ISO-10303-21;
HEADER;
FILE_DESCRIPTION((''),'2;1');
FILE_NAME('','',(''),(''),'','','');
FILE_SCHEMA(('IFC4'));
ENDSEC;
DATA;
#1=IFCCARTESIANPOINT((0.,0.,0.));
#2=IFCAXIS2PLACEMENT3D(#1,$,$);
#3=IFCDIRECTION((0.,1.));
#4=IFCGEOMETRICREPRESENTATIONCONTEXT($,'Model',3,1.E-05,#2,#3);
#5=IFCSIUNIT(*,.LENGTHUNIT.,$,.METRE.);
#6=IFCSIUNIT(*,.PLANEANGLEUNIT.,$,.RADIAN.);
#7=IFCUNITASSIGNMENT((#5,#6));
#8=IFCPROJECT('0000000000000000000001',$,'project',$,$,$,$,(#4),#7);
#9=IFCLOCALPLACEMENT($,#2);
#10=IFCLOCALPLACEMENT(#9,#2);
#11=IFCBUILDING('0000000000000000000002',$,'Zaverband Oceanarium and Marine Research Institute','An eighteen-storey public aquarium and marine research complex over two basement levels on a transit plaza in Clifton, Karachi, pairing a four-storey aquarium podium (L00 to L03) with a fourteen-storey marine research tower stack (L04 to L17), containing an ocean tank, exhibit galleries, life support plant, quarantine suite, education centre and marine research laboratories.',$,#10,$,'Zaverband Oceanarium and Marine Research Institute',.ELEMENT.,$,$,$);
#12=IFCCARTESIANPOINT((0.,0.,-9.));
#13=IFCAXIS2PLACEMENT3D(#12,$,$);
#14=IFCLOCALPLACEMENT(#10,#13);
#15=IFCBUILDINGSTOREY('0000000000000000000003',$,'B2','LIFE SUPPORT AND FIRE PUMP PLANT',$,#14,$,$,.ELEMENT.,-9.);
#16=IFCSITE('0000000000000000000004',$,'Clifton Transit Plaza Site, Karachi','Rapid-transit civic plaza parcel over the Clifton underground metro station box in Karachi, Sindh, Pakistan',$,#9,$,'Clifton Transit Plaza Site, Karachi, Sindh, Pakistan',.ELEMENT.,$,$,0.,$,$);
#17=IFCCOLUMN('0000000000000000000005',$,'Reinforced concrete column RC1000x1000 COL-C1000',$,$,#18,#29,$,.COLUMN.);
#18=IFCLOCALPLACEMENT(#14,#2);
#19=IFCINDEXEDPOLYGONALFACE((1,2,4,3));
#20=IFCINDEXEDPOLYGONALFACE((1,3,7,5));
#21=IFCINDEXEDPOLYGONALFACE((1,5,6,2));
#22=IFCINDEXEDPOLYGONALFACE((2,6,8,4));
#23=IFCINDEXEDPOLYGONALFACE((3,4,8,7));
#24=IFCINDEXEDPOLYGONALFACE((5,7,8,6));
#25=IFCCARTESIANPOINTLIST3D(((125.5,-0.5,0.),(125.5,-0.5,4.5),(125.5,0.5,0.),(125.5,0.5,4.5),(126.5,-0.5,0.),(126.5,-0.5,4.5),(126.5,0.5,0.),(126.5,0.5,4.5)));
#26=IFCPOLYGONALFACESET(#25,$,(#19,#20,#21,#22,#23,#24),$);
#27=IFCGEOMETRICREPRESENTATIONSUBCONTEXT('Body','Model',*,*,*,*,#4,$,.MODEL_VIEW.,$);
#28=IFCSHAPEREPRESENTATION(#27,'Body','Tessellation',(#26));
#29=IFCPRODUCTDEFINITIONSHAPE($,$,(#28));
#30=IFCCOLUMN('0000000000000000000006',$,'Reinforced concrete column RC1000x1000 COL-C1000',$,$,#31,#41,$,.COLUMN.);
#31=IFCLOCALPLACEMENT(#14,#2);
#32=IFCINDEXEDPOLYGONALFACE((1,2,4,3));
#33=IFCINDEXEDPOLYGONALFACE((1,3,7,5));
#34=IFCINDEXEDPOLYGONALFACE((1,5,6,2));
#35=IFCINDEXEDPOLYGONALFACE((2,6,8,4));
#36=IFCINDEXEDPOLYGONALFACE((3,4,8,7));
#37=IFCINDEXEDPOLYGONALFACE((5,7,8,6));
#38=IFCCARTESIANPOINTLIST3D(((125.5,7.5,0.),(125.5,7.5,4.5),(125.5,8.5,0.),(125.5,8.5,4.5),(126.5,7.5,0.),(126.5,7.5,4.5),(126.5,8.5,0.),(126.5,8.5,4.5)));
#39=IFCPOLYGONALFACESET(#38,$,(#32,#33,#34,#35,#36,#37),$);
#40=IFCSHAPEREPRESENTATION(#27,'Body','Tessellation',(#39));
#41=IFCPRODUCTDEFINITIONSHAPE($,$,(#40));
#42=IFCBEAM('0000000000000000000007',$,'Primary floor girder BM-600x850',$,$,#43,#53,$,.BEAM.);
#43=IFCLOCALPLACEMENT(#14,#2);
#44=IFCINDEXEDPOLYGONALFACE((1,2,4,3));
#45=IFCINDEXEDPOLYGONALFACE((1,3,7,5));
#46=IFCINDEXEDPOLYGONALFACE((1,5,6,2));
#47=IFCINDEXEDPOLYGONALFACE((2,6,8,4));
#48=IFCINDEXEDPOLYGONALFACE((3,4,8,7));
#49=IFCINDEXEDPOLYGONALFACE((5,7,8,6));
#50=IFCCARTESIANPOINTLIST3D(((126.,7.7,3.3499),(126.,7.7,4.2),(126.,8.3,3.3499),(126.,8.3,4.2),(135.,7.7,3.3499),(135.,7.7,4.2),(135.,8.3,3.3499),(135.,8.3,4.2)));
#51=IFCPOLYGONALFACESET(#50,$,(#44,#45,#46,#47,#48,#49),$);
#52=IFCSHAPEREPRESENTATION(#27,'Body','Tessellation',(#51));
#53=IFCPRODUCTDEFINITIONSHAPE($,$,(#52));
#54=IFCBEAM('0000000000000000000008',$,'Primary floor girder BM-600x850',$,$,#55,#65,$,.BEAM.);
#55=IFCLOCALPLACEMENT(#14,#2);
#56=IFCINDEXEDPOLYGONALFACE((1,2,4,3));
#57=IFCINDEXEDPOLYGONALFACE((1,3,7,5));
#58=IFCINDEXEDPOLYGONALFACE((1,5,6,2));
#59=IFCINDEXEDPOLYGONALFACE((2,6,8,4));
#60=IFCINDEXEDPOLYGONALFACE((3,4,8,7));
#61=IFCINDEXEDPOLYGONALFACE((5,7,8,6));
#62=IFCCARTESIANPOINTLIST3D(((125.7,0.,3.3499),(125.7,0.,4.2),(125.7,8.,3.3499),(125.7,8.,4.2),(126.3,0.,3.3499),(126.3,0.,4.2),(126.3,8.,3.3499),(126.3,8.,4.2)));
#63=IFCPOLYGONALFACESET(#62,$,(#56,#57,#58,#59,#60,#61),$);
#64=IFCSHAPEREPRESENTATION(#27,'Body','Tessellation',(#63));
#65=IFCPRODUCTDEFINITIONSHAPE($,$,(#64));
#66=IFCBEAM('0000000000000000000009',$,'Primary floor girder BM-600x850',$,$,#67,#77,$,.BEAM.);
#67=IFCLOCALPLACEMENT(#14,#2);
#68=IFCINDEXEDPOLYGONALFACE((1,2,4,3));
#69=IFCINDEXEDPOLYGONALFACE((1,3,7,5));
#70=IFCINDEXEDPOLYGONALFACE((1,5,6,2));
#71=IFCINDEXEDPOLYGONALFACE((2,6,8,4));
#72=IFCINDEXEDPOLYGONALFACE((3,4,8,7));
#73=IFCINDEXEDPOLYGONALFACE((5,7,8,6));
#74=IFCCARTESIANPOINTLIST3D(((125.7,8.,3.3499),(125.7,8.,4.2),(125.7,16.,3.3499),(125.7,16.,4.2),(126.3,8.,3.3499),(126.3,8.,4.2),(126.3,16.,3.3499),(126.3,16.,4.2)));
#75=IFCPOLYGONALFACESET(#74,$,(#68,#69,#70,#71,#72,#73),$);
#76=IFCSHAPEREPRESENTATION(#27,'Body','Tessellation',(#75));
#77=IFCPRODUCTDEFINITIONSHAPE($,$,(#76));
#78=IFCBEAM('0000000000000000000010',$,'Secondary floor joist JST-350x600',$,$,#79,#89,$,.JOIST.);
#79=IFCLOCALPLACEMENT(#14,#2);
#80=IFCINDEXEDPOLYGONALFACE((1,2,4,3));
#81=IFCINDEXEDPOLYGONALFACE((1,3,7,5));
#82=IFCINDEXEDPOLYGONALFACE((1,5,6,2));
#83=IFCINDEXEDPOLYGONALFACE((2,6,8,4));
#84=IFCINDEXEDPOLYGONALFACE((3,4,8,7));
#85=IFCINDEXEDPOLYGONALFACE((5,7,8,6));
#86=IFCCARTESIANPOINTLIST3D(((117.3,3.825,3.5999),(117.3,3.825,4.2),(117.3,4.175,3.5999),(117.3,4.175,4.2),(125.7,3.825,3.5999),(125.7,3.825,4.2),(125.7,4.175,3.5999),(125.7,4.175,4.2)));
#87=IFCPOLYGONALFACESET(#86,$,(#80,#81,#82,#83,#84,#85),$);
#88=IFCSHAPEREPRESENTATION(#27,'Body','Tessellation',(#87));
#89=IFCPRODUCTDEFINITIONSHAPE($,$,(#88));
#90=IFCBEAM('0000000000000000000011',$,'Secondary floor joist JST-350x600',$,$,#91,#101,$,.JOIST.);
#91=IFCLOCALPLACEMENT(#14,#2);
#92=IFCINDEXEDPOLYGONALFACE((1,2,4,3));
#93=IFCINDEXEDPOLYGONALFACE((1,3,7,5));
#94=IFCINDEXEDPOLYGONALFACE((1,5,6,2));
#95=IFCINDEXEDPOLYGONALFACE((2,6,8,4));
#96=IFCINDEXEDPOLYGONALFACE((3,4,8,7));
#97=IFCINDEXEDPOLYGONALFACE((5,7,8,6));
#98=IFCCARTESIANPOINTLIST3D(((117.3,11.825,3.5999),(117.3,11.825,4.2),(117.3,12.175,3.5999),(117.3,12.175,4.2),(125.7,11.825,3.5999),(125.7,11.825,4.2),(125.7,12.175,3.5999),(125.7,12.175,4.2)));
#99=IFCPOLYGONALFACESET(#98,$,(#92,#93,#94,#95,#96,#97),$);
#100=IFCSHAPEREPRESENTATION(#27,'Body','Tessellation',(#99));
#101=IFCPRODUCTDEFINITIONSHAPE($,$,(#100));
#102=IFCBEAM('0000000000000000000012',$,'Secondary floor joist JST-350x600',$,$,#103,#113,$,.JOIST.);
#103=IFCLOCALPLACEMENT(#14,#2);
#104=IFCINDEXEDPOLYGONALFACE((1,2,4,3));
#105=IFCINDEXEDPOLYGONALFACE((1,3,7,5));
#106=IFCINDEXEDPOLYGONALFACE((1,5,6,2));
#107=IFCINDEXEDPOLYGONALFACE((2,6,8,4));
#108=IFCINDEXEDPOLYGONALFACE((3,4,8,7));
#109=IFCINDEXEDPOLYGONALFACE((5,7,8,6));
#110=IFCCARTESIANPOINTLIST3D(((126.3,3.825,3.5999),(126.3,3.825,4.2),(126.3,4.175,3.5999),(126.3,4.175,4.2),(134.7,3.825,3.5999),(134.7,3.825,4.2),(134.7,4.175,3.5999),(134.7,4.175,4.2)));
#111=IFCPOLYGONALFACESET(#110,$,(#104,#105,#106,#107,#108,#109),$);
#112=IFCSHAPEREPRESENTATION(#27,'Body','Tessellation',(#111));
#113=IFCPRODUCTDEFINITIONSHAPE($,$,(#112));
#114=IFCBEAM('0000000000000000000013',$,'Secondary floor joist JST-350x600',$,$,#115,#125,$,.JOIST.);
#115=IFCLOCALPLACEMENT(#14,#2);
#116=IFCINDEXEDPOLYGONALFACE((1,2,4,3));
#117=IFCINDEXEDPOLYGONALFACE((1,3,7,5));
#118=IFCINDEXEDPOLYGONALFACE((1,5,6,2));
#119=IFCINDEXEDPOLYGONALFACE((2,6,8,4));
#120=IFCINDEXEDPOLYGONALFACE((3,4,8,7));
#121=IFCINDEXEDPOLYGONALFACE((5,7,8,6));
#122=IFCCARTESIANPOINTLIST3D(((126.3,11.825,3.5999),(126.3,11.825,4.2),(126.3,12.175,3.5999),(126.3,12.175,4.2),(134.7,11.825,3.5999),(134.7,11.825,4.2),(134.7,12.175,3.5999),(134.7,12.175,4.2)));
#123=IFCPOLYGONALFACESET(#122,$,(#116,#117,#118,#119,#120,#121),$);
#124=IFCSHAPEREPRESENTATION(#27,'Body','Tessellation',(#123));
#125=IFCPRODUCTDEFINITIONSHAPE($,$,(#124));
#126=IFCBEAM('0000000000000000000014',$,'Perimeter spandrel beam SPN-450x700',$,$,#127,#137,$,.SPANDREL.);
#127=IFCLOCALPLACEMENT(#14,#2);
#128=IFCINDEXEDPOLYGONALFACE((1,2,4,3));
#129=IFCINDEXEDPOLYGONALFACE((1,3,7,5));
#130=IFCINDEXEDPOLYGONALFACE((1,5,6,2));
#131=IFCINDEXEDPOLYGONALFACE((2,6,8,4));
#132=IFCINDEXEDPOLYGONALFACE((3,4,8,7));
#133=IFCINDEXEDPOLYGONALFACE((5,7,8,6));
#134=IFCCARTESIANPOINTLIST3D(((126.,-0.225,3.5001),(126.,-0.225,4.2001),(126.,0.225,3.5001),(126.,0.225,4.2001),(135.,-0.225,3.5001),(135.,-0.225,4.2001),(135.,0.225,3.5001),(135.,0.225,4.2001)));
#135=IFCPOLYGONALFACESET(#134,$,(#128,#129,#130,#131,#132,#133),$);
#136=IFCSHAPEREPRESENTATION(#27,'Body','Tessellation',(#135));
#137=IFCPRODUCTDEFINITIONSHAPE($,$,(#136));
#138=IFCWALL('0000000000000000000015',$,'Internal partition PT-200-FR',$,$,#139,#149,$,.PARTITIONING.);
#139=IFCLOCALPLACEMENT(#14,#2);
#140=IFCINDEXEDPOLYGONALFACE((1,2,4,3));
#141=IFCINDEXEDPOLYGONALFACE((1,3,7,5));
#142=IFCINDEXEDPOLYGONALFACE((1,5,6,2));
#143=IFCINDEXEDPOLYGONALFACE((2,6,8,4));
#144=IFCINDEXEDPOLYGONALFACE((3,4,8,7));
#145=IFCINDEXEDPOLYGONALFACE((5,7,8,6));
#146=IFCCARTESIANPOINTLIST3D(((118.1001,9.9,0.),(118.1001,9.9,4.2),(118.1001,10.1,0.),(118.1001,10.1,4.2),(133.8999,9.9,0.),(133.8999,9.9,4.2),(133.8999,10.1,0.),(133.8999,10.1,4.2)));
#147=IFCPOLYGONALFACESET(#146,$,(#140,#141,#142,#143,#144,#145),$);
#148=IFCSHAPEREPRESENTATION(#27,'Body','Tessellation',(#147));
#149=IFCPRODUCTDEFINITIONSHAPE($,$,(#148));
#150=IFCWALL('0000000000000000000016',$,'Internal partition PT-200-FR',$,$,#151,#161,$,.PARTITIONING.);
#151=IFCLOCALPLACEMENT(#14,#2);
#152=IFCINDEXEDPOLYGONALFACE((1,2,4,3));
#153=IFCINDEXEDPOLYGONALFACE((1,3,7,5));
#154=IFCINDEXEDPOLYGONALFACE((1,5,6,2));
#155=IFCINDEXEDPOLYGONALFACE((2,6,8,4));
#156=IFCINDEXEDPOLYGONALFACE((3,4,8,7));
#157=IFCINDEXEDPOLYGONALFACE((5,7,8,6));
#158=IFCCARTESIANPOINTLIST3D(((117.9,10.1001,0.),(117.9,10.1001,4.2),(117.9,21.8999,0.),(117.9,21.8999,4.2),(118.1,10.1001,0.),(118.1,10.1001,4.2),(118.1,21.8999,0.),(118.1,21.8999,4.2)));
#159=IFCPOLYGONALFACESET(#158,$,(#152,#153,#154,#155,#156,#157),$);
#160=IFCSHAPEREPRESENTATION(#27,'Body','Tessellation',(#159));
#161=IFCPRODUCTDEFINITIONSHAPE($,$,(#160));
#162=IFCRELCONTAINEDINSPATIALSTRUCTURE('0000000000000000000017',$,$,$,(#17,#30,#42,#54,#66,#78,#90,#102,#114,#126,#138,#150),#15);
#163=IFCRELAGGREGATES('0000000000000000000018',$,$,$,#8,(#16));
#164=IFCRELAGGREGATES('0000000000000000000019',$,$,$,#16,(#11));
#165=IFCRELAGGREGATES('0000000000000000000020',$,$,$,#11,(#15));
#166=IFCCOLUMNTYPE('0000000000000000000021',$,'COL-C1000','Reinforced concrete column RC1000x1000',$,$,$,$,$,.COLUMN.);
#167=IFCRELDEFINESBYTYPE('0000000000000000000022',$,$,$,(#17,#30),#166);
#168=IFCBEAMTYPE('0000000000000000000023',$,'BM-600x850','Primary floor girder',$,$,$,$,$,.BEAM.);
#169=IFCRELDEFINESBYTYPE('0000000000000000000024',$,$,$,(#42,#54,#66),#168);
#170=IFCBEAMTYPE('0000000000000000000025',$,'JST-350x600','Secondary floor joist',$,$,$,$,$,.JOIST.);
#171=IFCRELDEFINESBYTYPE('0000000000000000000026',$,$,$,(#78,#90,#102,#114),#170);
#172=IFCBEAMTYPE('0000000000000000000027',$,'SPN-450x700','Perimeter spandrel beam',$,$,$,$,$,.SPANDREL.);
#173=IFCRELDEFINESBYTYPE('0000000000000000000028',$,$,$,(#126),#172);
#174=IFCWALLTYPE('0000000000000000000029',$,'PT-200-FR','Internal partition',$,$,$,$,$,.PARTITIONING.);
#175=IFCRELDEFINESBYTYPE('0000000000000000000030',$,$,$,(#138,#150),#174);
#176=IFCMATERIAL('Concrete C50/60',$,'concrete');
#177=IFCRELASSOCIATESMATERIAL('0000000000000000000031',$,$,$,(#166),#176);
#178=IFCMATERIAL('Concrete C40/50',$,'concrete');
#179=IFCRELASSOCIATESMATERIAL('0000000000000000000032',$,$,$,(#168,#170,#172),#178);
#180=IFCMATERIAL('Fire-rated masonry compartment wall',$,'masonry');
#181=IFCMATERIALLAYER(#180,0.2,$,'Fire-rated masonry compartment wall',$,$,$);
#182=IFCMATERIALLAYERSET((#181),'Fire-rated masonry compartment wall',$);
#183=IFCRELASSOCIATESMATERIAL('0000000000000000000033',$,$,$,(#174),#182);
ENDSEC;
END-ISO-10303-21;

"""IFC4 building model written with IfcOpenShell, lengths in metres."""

from ifc_helpers import new_model, si_unit, direction, frame, frame_2d, origin, origin_2d, place, context, subcontext, project, spatial, rectangle, extrude, material, layer, layer_set, material_profile, profile_set, type_object, element, save


model = new_model("IFC4")

# Units and contexts
model_context = context("Model", 3, precision=1e-05, world=origin(), true_north=direction((0.0, 1.0)))
body_context = subcontext(model_context, "Body", "Model", "MODEL_VIEW")
ifc_project = project(units=[si_unit("LENGTHUNIT", "METRE"), si_unit("PLANEANGLEUNIT", "RADIAN")], contexts=[model_context])

# Site, building, storey
site_placement = place(None, origin())
site = spatial("IfcSite", under=ifc_project, at=site_placement, Name="Clifton Transit Plaza Site, Karachi", Description="Rapid-transit civic plaza parcel over the Clifton underground metro station box in Karachi, Sindh, Pakistan", LongName="Clifton Transit Plaza Site, Karachi, Sindh, Pakistan", CompositionType="ELEMENT", RefElevation=0.0)
building_placement = place(site_placement, origin())
building = spatial("IfcBuilding", under=site, at=building_placement, Name="Zaverband Oceanarium and Marine Research Institute", Description="An eighteen-storey public aquarium and marine research complex over two basement levels on a transit plaza in Clifton, Karachi, pairing a four-storey aquarium podium (L00 to L03) with a fourteen-storey marine research tower stack (L04 to L17), containing an ocean tank, exhibit galleries, life support plant, quarantine suite, education centre and marine research laboratories.", LongName="Zaverband Oceanarium and Marine Research Institute", CompositionType="ELEMENT")
storey_placement = place(building_placement, frame((0.0, 0.0, -9.0)))
storey = spatial("IfcBuildingStorey", under=building, at=storey_placement, Name="B2", Description="LIFE SUPPORT AND FIRE PUMP PLANT", CompositionType="ELEMENT", Elevation=-9.0)

# Shared definitions
ifc_material_1 = material(Name="Concrete C50/60", Category="concrete")

# Columns
ifc_material_profile_1 = material_profile(ifc_material_1, rectangle(XDim=1.0, YDim=1.0, at=origin_2d()), Name="RC1000x1000")
ifc_profile_set_1 = profile_set([ifc_material_profile_1], Name="Concrete C50/60")
column_type = type_object("IfcColumnType", Name="COL-C1000", Description="Reinforced concrete column RC1000x1000", PredefinedType="COLUMN", material=ifc_profile_set_1)
for number, where, z_axis, x_axis, name in (
    (1, (126.0, 0.0, 0.0), (0.0, 0.0, 1.0), (1.0, 0.0, 0.0), "Reinforced concrete column RC1000x1000 COL-C1000"),
    (2, (126.0, 8.0, 0.0), (0.0, 0.0, 1.0), (1.0, 0.0, 0.0), "Reinforced concrete column RC1000x1000 COL-C1000"),
):
    element("IfcColumn", number, at=place(storey_placement, frame(where, z_axis=z_axis, x_axis=x_axis)), inside=storey, type_object=column_type, Name=name, PredefinedType="COLUMN", context=body_context, shape_type="SweptSolid", body=[
        extrude(rectangle(XDim=1.0, YDim=1.0, at=origin_2d()), origin(), (0.0, 0.0, 1.0), 4.5),
    ])

# Beams
ifc_material_2 = material(Name="Concrete C40/50", Category="concrete")
ifc_material_profile_2 = material_profile(ifc_material_2, rectangle(XDim=0.6001, YDim=0.8501, at=origin_2d()), Name="RC600x850")
ifc_profile_set_2 = profile_set([ifc_material_profile_2], Name="Concrete C40/50")
beam_type_1 = type_object("IfcBeamType", Name="BM-600x850", Description="Primary floor girder", PredefinedType="BEAM", material=ifc_profile_set_2)
beam_1_placement = place(storey_placement, frame((126.0, 8.0, 3.7749), z_axis=(1.0, 0.0, 0.0), x_axis=(0.0, 1.0, 0.0)))
element("IfcBeam", 3, at=beam_1_placement, inside=storey, type_object=beam_type_1, Name="Primary floor girder BM-600x850", PredefinedType="BEAM", context=body_context, shape_type="SweptSolid", body=[
    extrude(rectangle(XDim=0.6001, YDim=0.8501, at=origin_2d()), origin(), (0.0, 0.0, 1.0), 9.0),
])
for number, where, z_axis, x_axis, name in (
    (4, (126.0, 0.0, 3.7749), (0.0, 1.0, 0.0), (-1.0, 0.0, 0.0), "Primary floor girder BM-600x850"),
    (5, (126.0, 8.0, 3.7749), (0.0, 1.0, 0.0), (-1.0, 0.0, 0.0), "Primary floor girder BM-600x850"),
):
    element("IfcBeam", number, at=place(storey_placement, frame(where, z_axis=z_axis, x_axis=x_axis)), inside=storey, type_object=beam_type_1, Name=name, PredefinedType="BEAM", context=body_context, shape_type="SweptSolid", body=[
        extrude(rectangle(XDim=0.6001, YDim=0.8501, at=origin_2d()), origin(), (0.0, 0.0, 1.0), 8.0),
    ])
ifc_material_profile_3 = material_profile(ifc_material_2, rectangle(XDim=0.3501, YDim=0.6001, at=origin_2d()), Name="RC350x600")
ifc_profile_set_3 = profile_set([ifc_material_profile_3], Name="Concrete C40/50")
beam_type_2 = type_object("IfcBeamType", Name="JST-350x600", Description="Secondary floor joist", PredefinedType="JOIST", material=ifc_profile_set_3)
for number, where, z_axis, x_axis, name in (
    (6, (117.3, 4.0, 3.8999), (1.0, 0.0, 0.0), (0.0, 1.0, 0.0), "Secondary floor joist JST-350x600"),
    (7, (117.3, 12.0, 3.8999), (1.0, 0.0, 0.0), (0.0, 1.0, 0.0), "Secondary floor joist JST-350x600"),
    (8, (126.3, 4.0, 3.8999), (1.0, 0.0, 0.0), (0.0, 1.0, 0.0), "Secondary floor joist JST-350x600"),
    (9, (126.3, 12.0, 3.8999), (1.0, 0.0, 0.0), (0.0, 1.0, 0.0), "Secondary floor joist JST-350x600"),
):
    element("IfcBeam", number, at=place(storey_placement, frame(where, z_axis=z_axis, x_axis=x_axis)), inside=storey, type_object=beam_type_2, Name=name, PredefinedType="JOIST", context=body_context, shape_type="SweptSolid", body=[
        extrude(rectangle(XDim=0.3501, YDim=0.6001, at=origin_2d()), origin(), (0.0, 0.0, 1.0), 8.3999),
    ])
ifc_material_profile_4 = material_profile(ifc_material_2, rectangle(XDim=0.45, YDim=0.7, at=origin_2d()), Name="RC450x700")
ifc_profile_set_4 = profile_set([ifc_material_profile_4], Name="Concrete C40/50")
beam_type_3 = type_object("IfcBeamType", Name="SPN-450x700", Description="Perimeter spandrel beam", PredefinedType="SPANDREL", material=ifc_profile_set_4)
beam_2_placement = place(storey_placement, frame((126.0, 0.0, 3.8501), z_axis=(1.0, 0.0, 0.0), x_axis=(0.0, 1.0, 0.0)))
element("IfcBeam", 10, at=beam_2_placement, inside=storey, type_object=beam_type_3, Name="Perimeter spandrel beam SPN-450x700", PredefinedType="SPANDREL", context=body_context, shape_type="SweptSolid", body=[
    extrude(rectangle(XDim=0.45, YDim=0.7, at=origin_2d()), origin(), (0.0, 0.0, 1.0), 9.0),
])

# Walls
ifc_material_3 = material(Name="Fire-rated masonry compartment wall", Category="masonry")
ifc_layer_1 = layer(ifc_material_3, 0.2, Name="Fire-rated masonry compartment wall")
ifc_layer_set_1 = layer_set([ifc_layer_1], Name="Fire-rated masonry compartment wall")
wall_type = type_object("IfcWallType", Name="PT-200-FR", Description="Internal partition", PredefinedType="PARTITIONING", material=ifc_layer_set_1)
wall_1_placement = place(storey_placement, frame((118.1001, 10.0, 0.0), z_axis=(0.0, 0.0, 1.0), x_axis=(1.0, 0.0, 0.0)))
element("IfcWall", 11, at=wall_1_placement, inside=storey, type_object=wall_type, Name="Internal partition PT-200-FR", PredefinedType="PARTITIONING", context=body_context, shape_type="SweptSolid", body=[
    extrude(rectangle(XDim=15.7998, YDim=0.2, at=frame_2d((7.8999, 0.0))), origin(), (0.0, 0.0, 1.0), 4.2),
])
wall_2_placement = place(storey_placement, frame((118.0, 10.1001, 0.0), z_axis=(0.0, 0.0, 1.0), x_axis=(0.0, 1.0, 0.0)))
element("IfcWall", 12, at=wall_2_placement, inside=storey, type_object=wall_type, Name="Internal partition PT-200-FR", PredefinedType="PARTITIONING", context=body_context, shape_type="SweptSolid", body=[
    extrude(rectangle(XDim=11.7998, YDim=0.2, at=frame_2d((5.8999, 0.0))), origin(), (0.0, 0.0, 1.0), 4.2),
])

save(model, "model.ifc")
